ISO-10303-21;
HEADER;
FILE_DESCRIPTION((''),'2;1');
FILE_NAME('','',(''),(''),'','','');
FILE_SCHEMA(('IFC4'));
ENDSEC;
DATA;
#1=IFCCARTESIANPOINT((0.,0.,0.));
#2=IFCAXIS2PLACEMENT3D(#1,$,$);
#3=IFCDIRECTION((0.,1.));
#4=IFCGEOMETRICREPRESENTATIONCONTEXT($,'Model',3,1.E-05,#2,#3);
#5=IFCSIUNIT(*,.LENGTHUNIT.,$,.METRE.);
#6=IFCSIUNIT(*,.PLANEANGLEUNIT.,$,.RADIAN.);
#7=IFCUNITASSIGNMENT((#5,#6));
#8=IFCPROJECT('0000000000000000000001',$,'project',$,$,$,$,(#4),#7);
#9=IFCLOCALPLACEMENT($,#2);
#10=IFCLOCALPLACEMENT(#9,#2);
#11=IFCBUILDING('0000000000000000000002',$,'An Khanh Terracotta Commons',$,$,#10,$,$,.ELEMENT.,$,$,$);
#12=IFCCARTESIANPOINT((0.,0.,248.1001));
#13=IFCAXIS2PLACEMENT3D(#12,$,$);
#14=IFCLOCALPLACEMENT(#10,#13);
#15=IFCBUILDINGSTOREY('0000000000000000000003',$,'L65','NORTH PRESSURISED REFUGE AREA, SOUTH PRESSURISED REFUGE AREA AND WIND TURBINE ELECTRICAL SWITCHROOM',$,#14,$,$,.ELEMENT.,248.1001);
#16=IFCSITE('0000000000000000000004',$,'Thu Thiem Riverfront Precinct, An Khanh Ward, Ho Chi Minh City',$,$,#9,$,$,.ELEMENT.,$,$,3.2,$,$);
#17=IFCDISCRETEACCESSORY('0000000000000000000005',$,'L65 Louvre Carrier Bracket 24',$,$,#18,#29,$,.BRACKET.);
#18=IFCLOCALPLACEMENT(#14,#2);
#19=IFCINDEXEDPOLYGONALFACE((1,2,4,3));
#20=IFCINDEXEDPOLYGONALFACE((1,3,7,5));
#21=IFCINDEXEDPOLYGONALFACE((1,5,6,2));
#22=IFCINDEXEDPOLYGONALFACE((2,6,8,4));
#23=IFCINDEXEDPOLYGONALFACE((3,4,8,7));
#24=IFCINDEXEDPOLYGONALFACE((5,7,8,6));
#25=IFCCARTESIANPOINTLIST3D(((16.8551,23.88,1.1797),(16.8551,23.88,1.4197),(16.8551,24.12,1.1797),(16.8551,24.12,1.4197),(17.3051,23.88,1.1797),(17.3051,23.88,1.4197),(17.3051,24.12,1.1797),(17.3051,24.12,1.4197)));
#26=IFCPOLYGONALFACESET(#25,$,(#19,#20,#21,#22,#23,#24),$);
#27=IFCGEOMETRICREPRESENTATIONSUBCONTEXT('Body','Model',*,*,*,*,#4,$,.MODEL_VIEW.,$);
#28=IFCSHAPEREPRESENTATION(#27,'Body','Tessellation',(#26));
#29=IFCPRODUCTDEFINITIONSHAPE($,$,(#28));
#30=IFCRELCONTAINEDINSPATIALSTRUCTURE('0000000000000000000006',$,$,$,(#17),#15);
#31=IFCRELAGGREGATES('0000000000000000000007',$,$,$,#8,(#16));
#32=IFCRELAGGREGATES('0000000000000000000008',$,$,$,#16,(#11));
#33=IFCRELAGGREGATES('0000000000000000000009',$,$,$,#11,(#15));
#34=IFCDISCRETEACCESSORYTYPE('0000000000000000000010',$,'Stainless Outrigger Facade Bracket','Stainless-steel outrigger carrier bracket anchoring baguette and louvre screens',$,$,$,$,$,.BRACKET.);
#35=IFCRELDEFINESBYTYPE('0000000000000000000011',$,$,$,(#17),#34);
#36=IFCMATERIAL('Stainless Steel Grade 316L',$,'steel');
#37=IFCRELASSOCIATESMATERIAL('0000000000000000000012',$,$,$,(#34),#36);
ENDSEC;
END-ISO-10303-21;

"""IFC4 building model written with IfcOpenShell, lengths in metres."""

from ifc_helpers import new_model, si_unit, direction, frame, origin, origin_2d, place, context, subcontext, project, spatial, rectangle, extrude, material, type_object, element, save


model = new_model("IFC4")

# Units and contexts
model_context = context("Model", 3, precision=1e-05, world=origin(), true_north=direction((0.0, 1.0)))
body_context = subcontext(model_context, "Body", "Model", "MODEL_VIEW")
ifc_project = project(units=[si_unit("LENGTHUNIT", "METRE"), si_unit("PLANEANGLEUNIT", "RADIAN")], contexts=[model_context])

# Site, building, storey
site_placement = place(None, origin())
site = spatial("IfcSite", under=ifc_project, at=site_placement, Name="Thu Thiem Riverfront Precinct, An Khanh Ward, Ho Chi Minh City", CompositionType="ELEMENT", RefElevation=3.2)
building_placement = place(site_placement, origin())
building = spatial("IfcBuilding", under=site, at=building_placement, Name="An Khanh Terracotta Commons", CompositionType="ELEMENT")
storey_placement = place(building_placement, frame((0.0, 0.0, 248.1001)))
storey = spatial("IfcBuildingStorey", under=building, at=storey_placement, Name="L65", Description="NORTH PRESSURISED REFUGE AREA, SOUTH PRESSURISED REFUGE AREA AND WIND TURBINE ELECTRICAL SWITCHROOM", CompositionType="ELEMENT", Elevation=248.1001)

# Discrete accessory
ifc_material_1 = material(Name="Stainless Steel Grade 316L", Category="steel")
discrete_accessory_type = type_object("IfcDiscreteAccessoryType", Name="Stainless Outrigger Facade Bracket", Description="Stainless-steel outrigger carrier bracket anchoring baguette and louvre screens", PredefinedType="BRACKET", material=ifc_material_1)
discrete_accessory_placement = place(storey_placement, frame((17.0801, 24.0, 1.1797), z_axis=(0.0, 0.0, 1.0), x_axis=(0.0, -1.0, 0.0)))
element("IfcDiscreteAccessory", 1, at=discrete_accessory_placement, inside=storey, type_object=discrete_accessory_type, Name="L65 Louvre Carrier Bracket 24", PredefinedType="BRACKET", context=body_context, shape_type="SweptSolid", body=[
    extrude(rectangle(XDim=0.24, YDim=0.45, at=origin_2d()), origin(), (0.0, 0.0, 1.0), 0.24),
])

save(model, "model.ifc")
